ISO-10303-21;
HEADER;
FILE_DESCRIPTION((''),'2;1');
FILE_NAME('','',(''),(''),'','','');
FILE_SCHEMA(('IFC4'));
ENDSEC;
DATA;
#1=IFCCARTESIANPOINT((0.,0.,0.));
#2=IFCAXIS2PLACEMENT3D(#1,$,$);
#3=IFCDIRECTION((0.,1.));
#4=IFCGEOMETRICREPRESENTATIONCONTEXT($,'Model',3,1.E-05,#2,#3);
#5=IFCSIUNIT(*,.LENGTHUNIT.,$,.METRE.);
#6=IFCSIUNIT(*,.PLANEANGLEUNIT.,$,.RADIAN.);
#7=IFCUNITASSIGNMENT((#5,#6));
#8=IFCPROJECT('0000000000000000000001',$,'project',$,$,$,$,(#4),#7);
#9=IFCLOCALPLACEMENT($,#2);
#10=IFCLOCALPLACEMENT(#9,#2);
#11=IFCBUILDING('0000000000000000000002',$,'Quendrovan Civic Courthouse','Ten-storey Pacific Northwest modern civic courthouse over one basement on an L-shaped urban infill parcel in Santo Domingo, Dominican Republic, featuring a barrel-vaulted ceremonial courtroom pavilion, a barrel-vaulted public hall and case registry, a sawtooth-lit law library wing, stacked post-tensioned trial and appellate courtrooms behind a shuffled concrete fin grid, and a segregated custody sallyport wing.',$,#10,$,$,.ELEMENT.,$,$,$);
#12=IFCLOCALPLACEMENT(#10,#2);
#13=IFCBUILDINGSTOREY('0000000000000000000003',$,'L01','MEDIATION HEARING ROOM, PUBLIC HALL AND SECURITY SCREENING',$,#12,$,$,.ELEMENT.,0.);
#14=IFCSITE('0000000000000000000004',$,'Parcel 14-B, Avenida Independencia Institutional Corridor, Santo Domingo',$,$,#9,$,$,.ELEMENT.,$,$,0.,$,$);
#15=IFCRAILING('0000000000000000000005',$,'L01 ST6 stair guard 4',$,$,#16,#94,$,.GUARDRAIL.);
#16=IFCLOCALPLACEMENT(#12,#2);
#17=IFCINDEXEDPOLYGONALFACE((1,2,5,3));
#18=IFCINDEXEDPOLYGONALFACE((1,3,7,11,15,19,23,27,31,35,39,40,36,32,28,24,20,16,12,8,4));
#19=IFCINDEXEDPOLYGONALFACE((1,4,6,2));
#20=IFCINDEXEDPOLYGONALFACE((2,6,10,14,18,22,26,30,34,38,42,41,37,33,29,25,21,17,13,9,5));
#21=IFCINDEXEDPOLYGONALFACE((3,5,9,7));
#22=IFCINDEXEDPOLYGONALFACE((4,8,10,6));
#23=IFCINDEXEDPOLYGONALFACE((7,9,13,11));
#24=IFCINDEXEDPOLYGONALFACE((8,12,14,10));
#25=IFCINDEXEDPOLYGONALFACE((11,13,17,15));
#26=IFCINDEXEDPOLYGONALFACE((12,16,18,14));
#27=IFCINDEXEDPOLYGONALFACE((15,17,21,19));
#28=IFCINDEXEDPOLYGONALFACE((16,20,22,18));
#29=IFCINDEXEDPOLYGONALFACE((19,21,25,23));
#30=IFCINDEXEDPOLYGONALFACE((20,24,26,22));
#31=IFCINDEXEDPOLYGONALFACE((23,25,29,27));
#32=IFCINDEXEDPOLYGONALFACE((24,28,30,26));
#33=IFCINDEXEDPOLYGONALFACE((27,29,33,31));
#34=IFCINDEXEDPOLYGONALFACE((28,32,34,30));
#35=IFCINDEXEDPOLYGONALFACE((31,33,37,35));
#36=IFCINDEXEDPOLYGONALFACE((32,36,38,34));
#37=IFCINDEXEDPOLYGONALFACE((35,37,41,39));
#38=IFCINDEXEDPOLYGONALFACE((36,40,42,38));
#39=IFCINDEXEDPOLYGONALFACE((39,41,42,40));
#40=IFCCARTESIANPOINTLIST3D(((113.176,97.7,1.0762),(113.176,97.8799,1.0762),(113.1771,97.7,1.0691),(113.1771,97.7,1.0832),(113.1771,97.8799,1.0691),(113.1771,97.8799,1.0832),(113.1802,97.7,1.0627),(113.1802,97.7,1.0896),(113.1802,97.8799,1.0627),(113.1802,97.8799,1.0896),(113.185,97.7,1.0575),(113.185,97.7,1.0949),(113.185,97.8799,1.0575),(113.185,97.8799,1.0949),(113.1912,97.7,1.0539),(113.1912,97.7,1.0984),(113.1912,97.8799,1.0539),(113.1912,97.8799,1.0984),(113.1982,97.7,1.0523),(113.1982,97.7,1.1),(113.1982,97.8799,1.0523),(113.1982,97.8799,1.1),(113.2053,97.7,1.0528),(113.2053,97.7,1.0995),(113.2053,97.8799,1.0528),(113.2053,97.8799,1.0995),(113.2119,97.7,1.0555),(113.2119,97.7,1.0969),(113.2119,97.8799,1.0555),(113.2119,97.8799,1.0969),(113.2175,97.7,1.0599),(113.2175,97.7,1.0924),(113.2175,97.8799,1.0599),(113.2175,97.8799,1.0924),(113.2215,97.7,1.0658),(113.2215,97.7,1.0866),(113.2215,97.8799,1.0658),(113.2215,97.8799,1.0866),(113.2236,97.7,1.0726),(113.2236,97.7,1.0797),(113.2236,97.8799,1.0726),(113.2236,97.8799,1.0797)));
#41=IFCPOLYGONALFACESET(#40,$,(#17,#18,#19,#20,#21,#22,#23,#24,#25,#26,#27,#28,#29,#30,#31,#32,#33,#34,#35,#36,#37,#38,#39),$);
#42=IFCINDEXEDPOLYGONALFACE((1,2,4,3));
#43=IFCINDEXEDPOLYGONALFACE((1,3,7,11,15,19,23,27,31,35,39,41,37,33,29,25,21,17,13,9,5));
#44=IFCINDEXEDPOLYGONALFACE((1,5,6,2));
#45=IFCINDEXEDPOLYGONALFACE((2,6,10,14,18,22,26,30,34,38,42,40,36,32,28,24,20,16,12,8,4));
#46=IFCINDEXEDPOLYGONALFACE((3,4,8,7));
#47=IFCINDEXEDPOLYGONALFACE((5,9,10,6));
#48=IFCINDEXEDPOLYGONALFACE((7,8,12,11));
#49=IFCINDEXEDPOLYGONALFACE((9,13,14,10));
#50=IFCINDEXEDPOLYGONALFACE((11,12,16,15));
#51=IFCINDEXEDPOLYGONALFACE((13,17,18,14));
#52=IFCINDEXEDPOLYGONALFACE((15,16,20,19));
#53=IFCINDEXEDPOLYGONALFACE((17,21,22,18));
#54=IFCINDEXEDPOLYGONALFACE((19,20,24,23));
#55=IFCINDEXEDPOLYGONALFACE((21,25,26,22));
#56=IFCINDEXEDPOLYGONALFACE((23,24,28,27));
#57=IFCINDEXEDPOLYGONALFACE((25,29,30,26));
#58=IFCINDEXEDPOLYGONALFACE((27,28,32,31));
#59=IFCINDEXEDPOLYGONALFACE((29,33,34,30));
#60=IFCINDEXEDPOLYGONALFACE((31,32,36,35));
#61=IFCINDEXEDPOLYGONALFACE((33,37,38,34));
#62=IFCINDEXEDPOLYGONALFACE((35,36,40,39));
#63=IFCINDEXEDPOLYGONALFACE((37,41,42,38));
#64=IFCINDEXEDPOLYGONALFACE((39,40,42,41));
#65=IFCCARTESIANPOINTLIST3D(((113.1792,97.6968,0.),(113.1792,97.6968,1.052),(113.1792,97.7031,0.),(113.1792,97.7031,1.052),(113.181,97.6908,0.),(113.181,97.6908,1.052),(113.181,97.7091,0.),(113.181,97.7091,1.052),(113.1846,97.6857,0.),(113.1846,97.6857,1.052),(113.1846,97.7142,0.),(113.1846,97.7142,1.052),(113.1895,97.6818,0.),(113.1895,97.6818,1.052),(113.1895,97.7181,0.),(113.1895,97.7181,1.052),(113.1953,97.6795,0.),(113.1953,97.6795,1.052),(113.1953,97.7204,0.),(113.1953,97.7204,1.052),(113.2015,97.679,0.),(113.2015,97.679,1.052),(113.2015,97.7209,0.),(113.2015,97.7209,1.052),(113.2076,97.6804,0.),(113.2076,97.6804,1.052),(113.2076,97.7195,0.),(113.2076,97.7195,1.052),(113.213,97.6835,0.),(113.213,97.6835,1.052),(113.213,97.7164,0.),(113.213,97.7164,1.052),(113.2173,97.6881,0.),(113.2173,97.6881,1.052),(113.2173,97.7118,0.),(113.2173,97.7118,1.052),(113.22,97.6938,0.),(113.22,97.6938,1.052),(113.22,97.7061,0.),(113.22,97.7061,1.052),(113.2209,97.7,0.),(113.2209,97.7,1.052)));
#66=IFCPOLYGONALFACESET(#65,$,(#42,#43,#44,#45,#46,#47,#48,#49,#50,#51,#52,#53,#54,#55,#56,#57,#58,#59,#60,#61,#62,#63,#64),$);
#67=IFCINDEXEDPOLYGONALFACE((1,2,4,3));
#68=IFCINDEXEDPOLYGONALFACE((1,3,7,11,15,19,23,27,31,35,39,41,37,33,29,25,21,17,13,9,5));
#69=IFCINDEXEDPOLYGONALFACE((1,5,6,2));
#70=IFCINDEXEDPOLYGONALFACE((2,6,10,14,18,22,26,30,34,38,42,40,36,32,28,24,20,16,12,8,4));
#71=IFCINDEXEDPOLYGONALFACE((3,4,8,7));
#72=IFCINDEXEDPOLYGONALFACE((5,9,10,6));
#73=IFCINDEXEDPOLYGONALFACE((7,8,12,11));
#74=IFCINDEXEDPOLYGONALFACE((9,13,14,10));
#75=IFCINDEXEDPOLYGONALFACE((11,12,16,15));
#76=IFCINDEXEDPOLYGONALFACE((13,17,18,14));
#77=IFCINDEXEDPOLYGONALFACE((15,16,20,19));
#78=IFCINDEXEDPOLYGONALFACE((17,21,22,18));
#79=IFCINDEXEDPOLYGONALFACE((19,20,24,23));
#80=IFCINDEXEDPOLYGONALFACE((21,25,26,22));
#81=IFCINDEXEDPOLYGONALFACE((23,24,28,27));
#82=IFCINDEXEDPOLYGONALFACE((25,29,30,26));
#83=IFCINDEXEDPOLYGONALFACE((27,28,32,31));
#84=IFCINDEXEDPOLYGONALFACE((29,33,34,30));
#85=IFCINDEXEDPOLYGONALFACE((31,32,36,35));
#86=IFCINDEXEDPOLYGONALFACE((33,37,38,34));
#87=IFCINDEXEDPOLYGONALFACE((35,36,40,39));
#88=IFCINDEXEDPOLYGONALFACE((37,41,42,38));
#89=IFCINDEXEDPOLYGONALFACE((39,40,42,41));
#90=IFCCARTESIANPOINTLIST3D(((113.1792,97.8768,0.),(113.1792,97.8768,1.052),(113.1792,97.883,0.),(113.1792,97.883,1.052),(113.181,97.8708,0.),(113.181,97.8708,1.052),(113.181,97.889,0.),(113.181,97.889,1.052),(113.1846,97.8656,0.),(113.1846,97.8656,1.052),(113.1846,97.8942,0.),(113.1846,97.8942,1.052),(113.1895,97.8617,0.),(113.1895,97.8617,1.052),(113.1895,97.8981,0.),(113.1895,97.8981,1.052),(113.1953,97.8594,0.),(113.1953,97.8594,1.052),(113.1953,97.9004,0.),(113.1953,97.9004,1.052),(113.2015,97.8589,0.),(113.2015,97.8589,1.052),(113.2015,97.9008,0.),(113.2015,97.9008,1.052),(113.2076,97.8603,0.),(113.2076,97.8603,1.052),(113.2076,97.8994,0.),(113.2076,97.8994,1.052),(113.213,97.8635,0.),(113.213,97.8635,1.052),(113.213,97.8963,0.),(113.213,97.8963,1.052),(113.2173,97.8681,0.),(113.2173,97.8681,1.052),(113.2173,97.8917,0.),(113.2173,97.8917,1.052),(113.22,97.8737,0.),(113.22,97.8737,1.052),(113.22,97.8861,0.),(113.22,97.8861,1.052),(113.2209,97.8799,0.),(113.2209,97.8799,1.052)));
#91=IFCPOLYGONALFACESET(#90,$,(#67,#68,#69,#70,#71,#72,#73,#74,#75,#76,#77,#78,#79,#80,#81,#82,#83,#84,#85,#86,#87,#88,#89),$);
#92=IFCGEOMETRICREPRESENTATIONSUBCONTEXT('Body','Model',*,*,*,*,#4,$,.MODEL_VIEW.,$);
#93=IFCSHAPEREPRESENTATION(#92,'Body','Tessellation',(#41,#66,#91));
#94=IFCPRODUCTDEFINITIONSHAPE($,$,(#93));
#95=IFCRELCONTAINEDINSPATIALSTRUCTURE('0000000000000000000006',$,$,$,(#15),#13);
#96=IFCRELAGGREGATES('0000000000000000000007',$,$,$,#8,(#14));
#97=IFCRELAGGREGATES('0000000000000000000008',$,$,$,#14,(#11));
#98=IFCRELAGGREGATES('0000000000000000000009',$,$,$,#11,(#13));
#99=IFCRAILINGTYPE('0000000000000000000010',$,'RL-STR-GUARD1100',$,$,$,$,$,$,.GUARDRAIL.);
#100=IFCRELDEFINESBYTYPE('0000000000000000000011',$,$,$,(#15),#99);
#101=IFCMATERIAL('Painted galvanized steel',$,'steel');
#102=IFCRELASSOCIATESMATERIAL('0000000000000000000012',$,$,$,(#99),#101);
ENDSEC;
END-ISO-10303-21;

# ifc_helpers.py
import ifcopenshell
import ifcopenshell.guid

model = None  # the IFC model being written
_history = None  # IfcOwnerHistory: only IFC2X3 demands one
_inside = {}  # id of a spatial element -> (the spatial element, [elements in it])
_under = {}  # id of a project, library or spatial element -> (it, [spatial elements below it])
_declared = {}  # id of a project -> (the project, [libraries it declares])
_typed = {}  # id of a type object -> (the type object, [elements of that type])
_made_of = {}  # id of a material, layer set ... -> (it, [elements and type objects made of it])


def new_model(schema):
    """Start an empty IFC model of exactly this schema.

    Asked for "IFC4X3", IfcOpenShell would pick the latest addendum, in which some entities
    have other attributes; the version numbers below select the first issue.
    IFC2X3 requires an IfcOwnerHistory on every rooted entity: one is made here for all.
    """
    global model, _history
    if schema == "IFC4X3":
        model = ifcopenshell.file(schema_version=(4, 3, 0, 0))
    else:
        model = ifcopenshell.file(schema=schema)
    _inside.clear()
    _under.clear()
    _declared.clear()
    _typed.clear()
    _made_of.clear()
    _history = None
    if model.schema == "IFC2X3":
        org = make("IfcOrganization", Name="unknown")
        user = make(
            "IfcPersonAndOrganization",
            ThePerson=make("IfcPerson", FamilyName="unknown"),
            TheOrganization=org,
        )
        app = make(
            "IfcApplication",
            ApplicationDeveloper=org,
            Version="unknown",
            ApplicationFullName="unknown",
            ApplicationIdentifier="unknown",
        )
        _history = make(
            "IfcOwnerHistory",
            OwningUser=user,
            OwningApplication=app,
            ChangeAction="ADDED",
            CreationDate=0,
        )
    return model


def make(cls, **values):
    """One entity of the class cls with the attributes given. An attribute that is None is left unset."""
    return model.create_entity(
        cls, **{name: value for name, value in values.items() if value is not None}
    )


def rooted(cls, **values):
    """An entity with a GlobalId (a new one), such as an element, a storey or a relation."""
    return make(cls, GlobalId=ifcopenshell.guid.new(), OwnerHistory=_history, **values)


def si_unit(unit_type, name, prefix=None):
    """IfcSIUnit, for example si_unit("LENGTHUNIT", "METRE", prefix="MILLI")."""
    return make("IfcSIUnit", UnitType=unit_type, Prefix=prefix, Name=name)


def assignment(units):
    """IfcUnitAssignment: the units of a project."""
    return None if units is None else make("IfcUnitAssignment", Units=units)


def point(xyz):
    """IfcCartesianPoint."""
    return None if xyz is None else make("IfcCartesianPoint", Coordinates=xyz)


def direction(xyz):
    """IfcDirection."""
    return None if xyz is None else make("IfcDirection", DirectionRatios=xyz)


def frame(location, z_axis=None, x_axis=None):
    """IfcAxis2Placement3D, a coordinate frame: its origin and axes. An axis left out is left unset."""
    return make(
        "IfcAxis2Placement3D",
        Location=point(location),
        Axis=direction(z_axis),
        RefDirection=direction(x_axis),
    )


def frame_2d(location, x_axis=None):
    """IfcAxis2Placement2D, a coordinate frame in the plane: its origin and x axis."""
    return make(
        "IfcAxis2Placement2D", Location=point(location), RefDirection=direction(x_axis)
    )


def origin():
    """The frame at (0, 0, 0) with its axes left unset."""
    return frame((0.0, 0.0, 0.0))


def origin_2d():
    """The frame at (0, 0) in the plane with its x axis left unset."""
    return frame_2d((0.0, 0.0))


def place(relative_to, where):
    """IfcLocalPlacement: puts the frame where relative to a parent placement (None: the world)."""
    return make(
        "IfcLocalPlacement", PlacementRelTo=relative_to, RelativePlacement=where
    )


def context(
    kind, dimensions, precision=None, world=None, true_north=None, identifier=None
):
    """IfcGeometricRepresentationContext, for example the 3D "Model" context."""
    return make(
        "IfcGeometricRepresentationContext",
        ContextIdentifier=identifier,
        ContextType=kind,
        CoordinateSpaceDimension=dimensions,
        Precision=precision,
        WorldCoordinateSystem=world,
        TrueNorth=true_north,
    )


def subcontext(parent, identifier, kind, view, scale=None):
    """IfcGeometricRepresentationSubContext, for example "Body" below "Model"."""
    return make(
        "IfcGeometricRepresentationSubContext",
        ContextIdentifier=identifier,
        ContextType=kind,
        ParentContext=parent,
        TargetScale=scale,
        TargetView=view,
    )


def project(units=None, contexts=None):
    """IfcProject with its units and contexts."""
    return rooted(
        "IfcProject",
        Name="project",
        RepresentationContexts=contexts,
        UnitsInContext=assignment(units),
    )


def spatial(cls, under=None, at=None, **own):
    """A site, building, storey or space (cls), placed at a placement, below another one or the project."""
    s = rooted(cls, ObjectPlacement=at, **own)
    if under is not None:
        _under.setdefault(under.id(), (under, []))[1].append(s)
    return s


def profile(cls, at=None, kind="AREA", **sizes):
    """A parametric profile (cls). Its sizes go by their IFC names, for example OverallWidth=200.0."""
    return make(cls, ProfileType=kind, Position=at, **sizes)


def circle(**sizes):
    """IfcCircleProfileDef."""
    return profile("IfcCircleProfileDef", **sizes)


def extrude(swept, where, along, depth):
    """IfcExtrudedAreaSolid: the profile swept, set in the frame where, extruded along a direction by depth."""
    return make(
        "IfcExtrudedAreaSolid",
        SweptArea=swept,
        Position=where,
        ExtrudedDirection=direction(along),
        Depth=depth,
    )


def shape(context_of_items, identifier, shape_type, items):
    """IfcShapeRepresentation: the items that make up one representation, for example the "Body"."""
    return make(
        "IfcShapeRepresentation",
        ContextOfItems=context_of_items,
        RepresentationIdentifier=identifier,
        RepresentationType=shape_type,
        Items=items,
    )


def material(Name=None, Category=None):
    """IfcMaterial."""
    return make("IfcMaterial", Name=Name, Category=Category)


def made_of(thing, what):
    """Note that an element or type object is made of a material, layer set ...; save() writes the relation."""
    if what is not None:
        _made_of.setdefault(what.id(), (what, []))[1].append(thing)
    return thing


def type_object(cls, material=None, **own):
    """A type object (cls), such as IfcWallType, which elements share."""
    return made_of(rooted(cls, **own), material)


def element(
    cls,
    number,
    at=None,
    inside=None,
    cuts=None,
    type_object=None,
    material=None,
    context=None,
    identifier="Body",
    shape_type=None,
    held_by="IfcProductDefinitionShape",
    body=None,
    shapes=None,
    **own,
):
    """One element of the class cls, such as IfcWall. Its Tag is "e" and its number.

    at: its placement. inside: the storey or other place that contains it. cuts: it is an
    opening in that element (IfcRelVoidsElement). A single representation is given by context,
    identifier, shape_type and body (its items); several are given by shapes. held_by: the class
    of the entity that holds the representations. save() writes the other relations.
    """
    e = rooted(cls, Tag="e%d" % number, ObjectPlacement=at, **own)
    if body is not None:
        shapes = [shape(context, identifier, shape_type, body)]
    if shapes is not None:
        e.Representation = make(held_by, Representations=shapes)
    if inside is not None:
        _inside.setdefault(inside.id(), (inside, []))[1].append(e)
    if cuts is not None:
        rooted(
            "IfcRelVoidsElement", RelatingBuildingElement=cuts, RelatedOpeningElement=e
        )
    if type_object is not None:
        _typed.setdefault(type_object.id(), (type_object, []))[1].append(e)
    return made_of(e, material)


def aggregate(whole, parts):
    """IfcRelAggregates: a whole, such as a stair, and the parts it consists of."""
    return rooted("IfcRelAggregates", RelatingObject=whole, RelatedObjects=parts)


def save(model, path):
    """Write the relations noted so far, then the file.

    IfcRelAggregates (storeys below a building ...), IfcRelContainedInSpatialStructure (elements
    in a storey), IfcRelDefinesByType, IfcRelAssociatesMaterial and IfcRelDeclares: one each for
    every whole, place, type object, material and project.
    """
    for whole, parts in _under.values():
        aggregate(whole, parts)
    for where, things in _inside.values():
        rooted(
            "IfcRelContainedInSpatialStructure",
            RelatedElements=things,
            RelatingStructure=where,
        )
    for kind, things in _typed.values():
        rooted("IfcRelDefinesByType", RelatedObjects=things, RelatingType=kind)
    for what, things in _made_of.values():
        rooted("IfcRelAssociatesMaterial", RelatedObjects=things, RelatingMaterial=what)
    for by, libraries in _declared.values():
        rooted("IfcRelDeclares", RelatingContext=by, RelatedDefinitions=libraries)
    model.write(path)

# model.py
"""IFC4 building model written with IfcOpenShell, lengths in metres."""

from ifc_helpers import new_model, si_unit, direction, frame, origin, origin_2d, place, context, subcontext, project, spatial, circle, extrude, material, type_object, element, save


model = new_model("IFC4")

# Units and contexts
model_context = context("Model", 3, precision=1e-05, world=origin(), true_north=direction((0.0, 1.0)))
body_context = subcontext(model_context, "Body", "Model", "MODEL_VIEW")
ifc_project = project(units=[si_unit("LENGTHUNIT", "METRE"), si_unit("PLANEANGLEUNIT", "RADIAN")], contexts=[model_context])

# Site, building, storey
site_placement = place(None, origin())
site = spatial("IfcSite", under=ifc_project, at=site_placement, Name="Parcel 14-B, Avenida Independencia Institutional Corridor, Santo Domingo", CompositionType="ELEMENT", RefElevation=0.0)
building_placement = place(site_placement, origin())
building = spatial("IfcBuilding", under=site, at=building_placement, Name="Quendrovan Civic Courthouse", Description="Ten-storey Pacific Northwest modern civic courthouse over one basement on an L-shaped urban infill parcel in Santo Domingo, Dominican Republic, featuring a barrel-vaulted ceremonial courtroom pavilion, a barrel-vaulted public hall and case registry, a sawtooth-lit law library wing, stacked post-tensioned trial and appellate courtrooms behind a shuffled concrete fin grid, and a segregated custody sallyport wing.", CompositionType="ELEMENT")
storey_placement = place(building_placement, origin())
storey = spatial("IfcBuildingStorey", under=building, at=storey_placement, Name="L01", Description="MEDIATION HEARING ROOM, PUBLIC HALL AND SECURITY SCREENING", CompositionType="ELEMENT", Elevation=0.0)

# Railing
ifc_material_1 = material(Name="Painted galvanized steel", Category="steel")
railing_type_1 = type_object("IfcRailingType", Name="RL-STR-GUARD1100", PredefinedType="GUARDRAIL", material=ifc_material_1)
railing_1_placement = place(storey_placement, frame((113.2, 97.7, 0.0)))
element("IfcRailing", 1, at=railing_1_placement, inside=storey, type_object=railing_type_1, Name="L01 ST6 stair guard 4", PredefinedType="GUARDRAIL", context=body_context, shape_type="SweptSolid", body=[
    extrude(circle(Radius=0.0239, at=origin_2d()), frame((0.0, 0.0, 1.0762), z_axis=(0.0, 1.0, 0.0), x_axis=(-1.0, 0.0, 0.0)), (0.0, 0.0, 1.0), 0.1799),
    extrude(circle(Radius=0.021, at=origin_2d()), origin(), (0.0, 0.0, 1.0), 1.052),
    extrude(circle(Radius=0.021, at=origin_2d()), frame((0.0, 0.1799, 0.0)), (0.0, 0.0, 1.0), 1.052),
])

save(model, "model.ifc")
